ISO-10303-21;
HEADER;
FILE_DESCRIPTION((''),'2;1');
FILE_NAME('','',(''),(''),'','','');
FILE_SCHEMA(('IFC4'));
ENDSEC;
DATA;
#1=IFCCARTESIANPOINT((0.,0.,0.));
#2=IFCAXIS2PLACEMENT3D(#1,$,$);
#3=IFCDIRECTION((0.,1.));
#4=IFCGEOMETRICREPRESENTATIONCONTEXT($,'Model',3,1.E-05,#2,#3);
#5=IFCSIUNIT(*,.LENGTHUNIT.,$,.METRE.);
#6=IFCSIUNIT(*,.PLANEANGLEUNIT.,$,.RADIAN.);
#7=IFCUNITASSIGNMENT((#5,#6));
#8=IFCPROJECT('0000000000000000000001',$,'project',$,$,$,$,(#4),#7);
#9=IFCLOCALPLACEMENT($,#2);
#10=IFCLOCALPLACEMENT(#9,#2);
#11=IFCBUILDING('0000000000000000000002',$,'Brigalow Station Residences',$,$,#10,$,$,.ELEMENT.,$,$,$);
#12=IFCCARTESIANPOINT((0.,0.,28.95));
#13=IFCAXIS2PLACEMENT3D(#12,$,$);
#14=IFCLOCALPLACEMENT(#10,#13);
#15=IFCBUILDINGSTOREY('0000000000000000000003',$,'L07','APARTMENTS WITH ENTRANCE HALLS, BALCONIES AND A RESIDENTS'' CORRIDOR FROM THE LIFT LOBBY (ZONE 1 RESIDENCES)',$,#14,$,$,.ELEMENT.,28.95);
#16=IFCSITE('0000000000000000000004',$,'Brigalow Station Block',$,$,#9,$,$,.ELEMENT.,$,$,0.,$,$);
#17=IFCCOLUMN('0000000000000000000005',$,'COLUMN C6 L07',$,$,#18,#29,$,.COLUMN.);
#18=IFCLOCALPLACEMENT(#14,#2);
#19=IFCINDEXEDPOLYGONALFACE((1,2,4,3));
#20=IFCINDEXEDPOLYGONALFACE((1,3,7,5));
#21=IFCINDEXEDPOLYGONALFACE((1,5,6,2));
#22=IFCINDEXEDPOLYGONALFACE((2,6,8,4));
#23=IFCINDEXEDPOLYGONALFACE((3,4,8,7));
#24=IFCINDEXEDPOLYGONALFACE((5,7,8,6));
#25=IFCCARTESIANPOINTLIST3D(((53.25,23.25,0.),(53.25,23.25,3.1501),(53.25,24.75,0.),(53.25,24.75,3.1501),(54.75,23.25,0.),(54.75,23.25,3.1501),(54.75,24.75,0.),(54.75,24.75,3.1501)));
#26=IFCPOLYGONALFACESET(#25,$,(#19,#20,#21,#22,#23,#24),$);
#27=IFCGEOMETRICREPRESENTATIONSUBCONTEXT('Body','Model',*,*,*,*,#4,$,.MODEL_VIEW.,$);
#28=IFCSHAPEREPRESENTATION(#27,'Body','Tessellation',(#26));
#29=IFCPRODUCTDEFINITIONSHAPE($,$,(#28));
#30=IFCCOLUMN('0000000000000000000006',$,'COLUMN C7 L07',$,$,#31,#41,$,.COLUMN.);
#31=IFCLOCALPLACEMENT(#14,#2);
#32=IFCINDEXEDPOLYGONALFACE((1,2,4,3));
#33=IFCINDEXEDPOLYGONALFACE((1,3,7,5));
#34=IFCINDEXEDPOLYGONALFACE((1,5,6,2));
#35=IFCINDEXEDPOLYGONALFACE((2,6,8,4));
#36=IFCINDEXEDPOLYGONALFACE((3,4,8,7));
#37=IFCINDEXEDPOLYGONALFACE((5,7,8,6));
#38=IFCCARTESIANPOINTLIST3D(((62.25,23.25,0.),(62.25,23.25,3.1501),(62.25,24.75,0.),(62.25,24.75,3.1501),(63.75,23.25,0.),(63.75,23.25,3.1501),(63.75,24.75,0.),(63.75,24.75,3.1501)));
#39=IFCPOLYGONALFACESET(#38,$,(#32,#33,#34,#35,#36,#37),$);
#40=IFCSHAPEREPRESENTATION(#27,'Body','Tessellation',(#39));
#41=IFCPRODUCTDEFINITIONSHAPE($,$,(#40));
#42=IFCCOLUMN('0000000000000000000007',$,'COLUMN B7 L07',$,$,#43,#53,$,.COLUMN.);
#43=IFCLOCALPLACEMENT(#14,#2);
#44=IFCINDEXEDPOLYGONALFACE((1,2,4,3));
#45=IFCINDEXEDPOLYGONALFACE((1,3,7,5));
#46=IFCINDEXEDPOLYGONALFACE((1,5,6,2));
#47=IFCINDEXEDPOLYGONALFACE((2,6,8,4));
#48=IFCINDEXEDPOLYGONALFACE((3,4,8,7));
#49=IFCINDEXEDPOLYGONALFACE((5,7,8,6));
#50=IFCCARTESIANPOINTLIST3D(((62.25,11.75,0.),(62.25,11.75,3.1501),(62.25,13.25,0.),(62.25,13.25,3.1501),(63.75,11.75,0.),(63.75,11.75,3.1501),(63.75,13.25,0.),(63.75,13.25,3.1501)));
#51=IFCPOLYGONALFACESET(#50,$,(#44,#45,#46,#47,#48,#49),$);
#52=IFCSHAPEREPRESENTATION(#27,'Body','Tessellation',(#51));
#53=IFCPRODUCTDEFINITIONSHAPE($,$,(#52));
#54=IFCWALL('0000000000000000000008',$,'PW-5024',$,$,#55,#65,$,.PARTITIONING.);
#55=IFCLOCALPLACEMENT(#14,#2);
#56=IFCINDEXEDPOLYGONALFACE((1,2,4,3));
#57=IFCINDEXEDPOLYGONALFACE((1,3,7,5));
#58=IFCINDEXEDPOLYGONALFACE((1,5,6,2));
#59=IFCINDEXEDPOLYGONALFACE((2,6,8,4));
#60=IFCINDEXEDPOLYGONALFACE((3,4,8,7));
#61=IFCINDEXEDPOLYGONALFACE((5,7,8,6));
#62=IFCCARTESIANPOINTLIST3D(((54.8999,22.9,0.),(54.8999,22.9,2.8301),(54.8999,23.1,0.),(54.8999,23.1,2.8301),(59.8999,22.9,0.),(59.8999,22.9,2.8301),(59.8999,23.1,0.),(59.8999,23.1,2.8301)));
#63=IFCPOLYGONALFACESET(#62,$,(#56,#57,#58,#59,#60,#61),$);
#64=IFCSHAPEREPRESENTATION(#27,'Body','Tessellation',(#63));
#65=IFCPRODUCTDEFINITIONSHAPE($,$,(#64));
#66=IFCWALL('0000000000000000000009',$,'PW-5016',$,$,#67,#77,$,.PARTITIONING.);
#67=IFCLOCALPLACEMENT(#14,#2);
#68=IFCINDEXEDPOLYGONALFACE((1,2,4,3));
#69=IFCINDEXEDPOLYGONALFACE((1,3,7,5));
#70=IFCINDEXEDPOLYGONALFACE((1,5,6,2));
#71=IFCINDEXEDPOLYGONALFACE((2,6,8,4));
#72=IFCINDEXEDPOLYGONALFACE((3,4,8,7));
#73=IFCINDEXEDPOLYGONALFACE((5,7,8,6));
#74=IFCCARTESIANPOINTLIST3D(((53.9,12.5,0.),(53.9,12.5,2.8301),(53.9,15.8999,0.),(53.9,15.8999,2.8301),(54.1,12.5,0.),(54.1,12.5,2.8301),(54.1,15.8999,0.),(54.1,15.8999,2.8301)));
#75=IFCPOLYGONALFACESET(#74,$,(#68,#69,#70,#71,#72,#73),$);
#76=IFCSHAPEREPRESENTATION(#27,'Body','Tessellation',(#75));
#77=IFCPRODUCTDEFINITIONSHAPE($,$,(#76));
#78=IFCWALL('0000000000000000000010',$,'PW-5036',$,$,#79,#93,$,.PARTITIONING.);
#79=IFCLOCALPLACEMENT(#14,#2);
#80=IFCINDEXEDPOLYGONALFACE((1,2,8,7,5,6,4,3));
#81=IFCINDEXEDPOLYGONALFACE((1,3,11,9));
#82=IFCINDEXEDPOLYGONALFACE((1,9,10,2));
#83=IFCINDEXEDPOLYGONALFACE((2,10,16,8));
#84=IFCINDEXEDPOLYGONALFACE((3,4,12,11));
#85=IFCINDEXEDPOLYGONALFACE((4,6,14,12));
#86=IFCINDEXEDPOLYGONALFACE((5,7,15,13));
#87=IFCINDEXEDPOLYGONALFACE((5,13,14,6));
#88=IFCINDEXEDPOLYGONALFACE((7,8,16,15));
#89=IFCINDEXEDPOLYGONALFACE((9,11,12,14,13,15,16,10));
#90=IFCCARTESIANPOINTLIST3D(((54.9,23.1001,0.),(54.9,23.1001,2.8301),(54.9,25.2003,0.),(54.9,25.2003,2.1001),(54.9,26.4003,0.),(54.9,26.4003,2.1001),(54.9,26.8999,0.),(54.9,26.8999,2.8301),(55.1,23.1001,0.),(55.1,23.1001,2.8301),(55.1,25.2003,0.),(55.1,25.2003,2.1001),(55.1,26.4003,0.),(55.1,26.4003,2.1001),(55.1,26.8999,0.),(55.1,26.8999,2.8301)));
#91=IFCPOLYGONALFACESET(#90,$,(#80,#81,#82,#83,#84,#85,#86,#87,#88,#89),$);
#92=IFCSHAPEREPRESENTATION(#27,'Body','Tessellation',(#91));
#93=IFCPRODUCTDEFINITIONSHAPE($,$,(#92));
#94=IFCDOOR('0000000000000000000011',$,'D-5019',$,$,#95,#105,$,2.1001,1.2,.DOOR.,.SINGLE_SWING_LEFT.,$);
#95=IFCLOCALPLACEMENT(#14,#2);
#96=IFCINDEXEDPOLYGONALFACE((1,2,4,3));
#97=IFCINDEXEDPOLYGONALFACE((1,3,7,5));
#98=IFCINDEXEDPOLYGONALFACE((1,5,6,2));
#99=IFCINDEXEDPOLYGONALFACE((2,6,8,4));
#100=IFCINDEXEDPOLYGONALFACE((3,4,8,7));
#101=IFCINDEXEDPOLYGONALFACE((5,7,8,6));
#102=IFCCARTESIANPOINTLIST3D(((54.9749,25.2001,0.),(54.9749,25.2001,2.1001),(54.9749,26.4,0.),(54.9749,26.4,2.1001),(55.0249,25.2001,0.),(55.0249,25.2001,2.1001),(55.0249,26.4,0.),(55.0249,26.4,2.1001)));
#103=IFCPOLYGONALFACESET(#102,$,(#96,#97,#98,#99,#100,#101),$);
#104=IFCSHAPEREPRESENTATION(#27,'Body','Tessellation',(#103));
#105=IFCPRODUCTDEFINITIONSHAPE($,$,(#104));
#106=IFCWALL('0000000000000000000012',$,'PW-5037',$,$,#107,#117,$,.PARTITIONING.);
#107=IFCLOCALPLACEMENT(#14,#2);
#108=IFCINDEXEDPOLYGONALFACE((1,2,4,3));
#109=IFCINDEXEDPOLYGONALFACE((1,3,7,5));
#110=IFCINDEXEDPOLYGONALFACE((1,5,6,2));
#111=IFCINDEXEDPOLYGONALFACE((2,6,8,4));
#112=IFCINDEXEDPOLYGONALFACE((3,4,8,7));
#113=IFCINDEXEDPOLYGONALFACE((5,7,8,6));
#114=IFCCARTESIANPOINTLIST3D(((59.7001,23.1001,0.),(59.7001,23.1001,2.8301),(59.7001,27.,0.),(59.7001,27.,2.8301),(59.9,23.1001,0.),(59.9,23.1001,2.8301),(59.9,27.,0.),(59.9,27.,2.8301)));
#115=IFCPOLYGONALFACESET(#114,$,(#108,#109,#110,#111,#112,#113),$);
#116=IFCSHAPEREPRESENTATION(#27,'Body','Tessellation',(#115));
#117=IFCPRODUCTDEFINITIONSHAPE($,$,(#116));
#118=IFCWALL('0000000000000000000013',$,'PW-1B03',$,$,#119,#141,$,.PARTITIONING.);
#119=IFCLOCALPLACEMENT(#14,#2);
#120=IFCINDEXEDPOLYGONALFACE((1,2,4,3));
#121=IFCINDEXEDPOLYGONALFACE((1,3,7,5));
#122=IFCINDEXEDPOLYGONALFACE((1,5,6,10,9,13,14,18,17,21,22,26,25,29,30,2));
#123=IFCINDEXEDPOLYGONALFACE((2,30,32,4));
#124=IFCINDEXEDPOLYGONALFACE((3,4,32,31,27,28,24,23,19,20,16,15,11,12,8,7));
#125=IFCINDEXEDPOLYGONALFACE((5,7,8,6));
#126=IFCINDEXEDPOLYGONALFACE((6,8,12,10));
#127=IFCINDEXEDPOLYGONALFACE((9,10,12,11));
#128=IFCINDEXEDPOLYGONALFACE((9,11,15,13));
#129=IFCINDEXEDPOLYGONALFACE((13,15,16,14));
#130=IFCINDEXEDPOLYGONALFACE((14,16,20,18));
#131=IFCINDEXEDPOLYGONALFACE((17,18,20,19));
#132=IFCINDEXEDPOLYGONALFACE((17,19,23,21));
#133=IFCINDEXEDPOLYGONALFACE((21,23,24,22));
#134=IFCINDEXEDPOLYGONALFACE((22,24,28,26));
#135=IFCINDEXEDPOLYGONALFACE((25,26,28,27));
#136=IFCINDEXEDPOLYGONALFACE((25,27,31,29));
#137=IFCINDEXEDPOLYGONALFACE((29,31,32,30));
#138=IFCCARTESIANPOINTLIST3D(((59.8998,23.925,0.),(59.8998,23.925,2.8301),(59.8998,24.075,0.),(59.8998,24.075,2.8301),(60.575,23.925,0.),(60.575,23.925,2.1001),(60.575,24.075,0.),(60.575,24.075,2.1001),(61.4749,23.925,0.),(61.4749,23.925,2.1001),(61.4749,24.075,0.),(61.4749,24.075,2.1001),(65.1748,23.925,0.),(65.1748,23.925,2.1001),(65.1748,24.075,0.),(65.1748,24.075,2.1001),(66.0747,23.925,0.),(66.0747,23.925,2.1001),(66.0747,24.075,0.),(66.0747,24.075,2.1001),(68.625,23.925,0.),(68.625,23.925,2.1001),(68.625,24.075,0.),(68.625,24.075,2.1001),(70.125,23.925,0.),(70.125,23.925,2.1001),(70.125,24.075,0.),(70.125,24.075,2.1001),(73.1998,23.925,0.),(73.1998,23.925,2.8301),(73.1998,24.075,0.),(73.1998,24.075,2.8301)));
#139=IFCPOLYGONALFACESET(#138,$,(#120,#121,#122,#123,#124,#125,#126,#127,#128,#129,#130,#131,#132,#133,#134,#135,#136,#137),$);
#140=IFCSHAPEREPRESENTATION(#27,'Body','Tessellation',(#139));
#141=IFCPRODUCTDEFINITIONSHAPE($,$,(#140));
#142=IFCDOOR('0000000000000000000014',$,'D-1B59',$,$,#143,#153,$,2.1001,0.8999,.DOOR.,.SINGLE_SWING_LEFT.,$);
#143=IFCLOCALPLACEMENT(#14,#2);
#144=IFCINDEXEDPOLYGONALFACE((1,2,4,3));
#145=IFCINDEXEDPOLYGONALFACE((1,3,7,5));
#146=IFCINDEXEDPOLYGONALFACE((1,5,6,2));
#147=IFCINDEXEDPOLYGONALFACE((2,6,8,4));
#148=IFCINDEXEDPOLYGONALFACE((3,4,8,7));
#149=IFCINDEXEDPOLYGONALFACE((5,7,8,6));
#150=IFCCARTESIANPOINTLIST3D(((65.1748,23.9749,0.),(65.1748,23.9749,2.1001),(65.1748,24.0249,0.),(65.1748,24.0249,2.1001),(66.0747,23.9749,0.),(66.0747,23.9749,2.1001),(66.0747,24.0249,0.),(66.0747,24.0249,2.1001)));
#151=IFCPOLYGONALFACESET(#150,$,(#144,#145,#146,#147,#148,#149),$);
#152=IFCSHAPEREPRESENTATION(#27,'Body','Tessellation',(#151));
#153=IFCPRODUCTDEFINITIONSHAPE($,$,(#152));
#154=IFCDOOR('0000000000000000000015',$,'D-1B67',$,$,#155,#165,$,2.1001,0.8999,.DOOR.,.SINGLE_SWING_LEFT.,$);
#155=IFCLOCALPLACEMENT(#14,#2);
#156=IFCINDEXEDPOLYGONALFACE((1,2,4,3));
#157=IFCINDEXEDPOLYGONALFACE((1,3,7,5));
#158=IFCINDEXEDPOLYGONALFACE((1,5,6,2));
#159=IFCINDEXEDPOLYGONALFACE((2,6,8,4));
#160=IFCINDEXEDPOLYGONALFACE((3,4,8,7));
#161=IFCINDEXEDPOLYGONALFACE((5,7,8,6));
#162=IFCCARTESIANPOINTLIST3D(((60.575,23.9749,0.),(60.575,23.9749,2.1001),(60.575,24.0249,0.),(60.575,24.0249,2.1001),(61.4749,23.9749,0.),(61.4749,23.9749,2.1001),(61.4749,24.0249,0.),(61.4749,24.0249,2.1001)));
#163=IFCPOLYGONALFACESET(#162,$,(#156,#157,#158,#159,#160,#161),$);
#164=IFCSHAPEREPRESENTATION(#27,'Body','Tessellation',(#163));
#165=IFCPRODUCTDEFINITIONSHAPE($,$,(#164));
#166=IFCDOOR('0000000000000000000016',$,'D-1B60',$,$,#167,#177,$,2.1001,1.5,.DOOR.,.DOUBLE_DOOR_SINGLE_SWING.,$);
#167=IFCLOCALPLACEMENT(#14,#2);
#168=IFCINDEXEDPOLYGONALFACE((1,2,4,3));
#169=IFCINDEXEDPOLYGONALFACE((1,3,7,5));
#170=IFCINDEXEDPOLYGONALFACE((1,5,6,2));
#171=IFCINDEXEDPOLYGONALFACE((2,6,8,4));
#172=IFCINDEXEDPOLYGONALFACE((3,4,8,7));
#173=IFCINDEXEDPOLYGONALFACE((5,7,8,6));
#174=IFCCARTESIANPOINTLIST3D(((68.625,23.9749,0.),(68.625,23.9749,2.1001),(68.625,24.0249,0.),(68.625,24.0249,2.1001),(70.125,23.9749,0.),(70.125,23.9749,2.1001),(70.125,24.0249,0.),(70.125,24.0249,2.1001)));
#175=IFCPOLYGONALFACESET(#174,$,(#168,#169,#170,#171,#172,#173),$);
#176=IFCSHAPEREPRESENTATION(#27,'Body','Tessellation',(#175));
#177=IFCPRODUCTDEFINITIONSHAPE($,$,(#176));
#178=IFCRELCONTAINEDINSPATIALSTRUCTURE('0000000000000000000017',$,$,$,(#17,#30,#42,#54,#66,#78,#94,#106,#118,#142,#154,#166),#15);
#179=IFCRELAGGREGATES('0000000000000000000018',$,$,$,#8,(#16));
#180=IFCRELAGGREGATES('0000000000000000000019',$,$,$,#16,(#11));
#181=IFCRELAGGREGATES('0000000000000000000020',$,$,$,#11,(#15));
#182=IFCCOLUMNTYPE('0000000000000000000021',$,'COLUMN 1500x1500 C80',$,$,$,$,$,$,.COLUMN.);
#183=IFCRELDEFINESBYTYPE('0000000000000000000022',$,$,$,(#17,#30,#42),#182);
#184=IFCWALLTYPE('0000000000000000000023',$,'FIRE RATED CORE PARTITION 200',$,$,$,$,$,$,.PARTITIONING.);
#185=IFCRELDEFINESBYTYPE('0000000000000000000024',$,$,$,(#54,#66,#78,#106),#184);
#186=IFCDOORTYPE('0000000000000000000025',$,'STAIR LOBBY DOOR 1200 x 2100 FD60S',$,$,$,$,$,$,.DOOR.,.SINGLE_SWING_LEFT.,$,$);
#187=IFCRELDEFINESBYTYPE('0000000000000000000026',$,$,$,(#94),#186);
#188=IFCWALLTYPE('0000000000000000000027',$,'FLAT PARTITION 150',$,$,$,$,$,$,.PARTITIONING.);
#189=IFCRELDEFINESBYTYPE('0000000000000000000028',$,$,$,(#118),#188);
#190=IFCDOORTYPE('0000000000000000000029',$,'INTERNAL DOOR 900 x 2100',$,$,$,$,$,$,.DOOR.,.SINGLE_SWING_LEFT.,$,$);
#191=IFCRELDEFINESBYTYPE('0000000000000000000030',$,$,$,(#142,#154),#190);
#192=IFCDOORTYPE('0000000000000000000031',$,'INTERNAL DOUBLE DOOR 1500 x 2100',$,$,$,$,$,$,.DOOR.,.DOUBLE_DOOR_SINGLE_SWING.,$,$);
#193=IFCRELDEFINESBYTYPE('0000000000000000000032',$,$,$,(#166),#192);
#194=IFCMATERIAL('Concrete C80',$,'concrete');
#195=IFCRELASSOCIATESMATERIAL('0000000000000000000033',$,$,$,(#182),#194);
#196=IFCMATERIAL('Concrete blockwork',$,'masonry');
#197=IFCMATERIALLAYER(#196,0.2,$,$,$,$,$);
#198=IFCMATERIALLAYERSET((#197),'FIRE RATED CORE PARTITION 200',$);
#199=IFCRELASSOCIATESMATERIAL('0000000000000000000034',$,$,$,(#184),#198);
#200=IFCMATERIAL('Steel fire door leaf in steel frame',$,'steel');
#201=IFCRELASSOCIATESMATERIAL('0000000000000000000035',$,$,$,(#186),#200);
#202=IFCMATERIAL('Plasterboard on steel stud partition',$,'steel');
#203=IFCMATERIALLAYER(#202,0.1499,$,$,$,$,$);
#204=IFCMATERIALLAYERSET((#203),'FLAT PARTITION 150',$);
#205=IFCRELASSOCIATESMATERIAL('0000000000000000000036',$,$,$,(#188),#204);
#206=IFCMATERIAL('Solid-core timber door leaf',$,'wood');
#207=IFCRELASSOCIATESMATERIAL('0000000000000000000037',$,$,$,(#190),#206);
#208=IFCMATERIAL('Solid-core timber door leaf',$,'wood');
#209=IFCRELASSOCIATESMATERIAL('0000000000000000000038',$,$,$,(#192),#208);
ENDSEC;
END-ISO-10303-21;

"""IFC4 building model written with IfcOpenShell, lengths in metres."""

from ifc_helpers import new_model, si_unit, direction, frame, frame_2d, origin, origin_2d, place, context, subcontext, project, spatial, rectangle, extrude, material, layer, layer_set, material_profile, profile_set, type_object, element, fill, save


model = new_model("IFC4")

# Units and contexts
model_context = context("Model", 3, precision=1e-05, world=origin(), true_north=direction((0.0, 1.0)))
body_context = subcontext(model_context, "Body", "Model", "MODEL_VIEW")
ifc_project = project(units=[si_unit("LENGTHUNIT", "METRE"), si_unit("PLANEANGLEUNIT", "RADIAN")], contexts=[model_context])

# Site, building, storey
site_placement = place(None, origin())
site = spatial("IfcSite", under=ifc_project, at=site_placement, Name="Brigalow Station Block", CompositionType="ELEMENT", RefElevation=0.0)
building_placement = place(site_placement, origin())
building = spatial("IfcBuilding", under=site, at=building_placement, Name="Brigalow Station Residences", CompositionType="ELEMENT")
storey_placement = place(building_placement, frame((0.0, 0.0, 28.95)))
storey = spatial("IfcBuildingStorey", under=building, at=storey_placement, Name="L07", Description="APARTMENTS WITH ENTRANCE HALLS, BALCONIES AND A RESIDENTS' CORRIDOR FROM THE LIFT LOBBY (ZONE 1 RESIDENCES)", CompositionType="ELEMENT", Elevation=28.95)

# Columns
ifc_material_1 = material(Name="Concrete C80", Category="concrete")
ifc_material_profile = material_profile(ifc_material_1, rectangle(XDim=1.5, YDim=1.5, at=origin_2d()), Name="RC1500x1500")
ifc_profile_set = profile_set([ifc_material_profile], Name="Concrete C80")
column_type = type_object("IfcColumnType", Name="COLUMN 1500x1500 C80", PredefinedType="COLUMN", material=ifc_profile_set)
for number, where, z_axis, x_axis, name in (
    (1, (54.0, 24.0, 0.0), (0.0, 0.0, 1.0), (1.0, 0.0, 0.0), "COLUMN C6 L07"),
    (2, (63.0, 24.0, 0.0), (0.0, 0.0, 1.0), (1.0, 0.0, 0.0), "COLUMN C7 L07"),
    (3, (63.0, 12.5, 0.0), (0.0, 0.0, 1.0), (1.0, 0.0, 0.0), "COLUMN B7 L07"),
):
    element("IfcColumn", number, at=place(storey_placement, frame(where, z_axis=z_axis, x_axis=x_axis)), inside=storey, type_object=column_type, Name=name, PredefinedType="COLUMN", context=body_context, shape_type="SweptSolid", body=[
        extrude(rectangle(XDim=1.5, YDim=1.5, at=origin_2d()), origin(), (0.0, 0.0, 1.0), 3.1501),
    ])

# Walls
ifc_material_2 = material(Name="Concrete blockwork", Category="masonry")
ifc_layer_1 = layer(ifc_material_2, 0.2)
ifc_layer_set_1 = layer_set([ifc_layer_1], Name="FIRE RATED CORE PARTITION 200")
wall_type_1 = type_object("IfcWallType", Name="FIRE RATED CORE PARTITION 200", PredefinedType="PARTITIONING", material=ifc_layer_set_1)
wall_1_placement = place(storey_placement, frame((54.8999, 23.0, 0.0), z_axis=(0.0, 0.0, 1.0), x_axis=(1.0, 0.0, 0.0)))
element("IfcWall", 4, at=wall_1_placement, inside=storey, type_object=wall_type_1, Name="PW-5024", PredefinedType="PARTITIONING", context=body_context, shape_type="SweptSolid", body=[
    extrude(rectangle(XDim=5.0, YDim=0.2, at=frame_2d((2.5, 0.0))), origin(), (0.0, 0.0, 1.0), 2.8301),
])
wall_2_placement = place(storey_placement, frame((54.0, 12.5, 0.0), z_axis=(0.0, 0.0, 1.0), x_axis=(0.0, 1.0, 0.0)))
element("IfcWall", 5, at=wall_2_placement, inside=storey, type_object=wall_type_1, Name="PW-5016", PredefinedType="PARTITIONING", context=body_context, shape_type="SweptSolid", body=[
    extrude(rectangle(XDim=3.3999, YDim=0.2, at=frame_2d((1.7, 0.0))), origin(), (0.0, 0.0, 1.0), 2.8301),
])

# Wall, opening, door
wall_3_placement = place(storey_placement, frame((55.0, 23.1001, 0.0), z_axis=(0.0, 0.0, 1.0), x_axis=(0.0, 1.0, 0.0)))
wall_3 = element("IfcWall", 6, at=wall_3_placement, inside=storey, type_object=wall_type_1, Name="PW-5036", PredefinedType="PARTITIONING", context=body_context, shape_type="SweptSolid", body=[
    extrude(rectangle(XDim=3.7998, YDim=0.2, at=frame_2d((1.8999, 0.0))), origin(), (0.0, 0.0, 1.0), 2.8301),
])
opening_1_placement = place(wall_3_placement, frame((2.1001, 0.0, 0.0)))
opening_1 = element("IfcOpeningElement", 7, at=opening_1_placement, cuts=wall_3, PredefinedType="OPENING", context=body_context, shape_type="SweptSolid", body=[
    extrude(rectangle(XDim=1.2, YDim=2.1001, at=frame_2d((0.6001, 1.05))), frame((0.0, 0.1099, 0.0), z_axis=(0.0, -1.0, 0.0), x_axis=(1.0, 0.0, 0.0)), (0.0, 0.0, 1.0), 0.22),
])
ifc_material_3 = material(Name="Steel fire door leaf in steel frame", Category="steel")
door_type_1 = type_object("IfcDoorType", Name="STAIR LOBBY DOOR 1200 x 2100 FD60S", OperationType="SINGLE_SWING_LEFT", PredefinedType="DOOR", material=ifc_material_3)
door_1_placement = place(opening_1_placement, frame((1.2, 0.0, 0.0), z_axis=(0.0, 0.0, 1.0), x_axis=(-1.0, 0.0, 0.0)))
door_1 = element("IfcDoor", 8, at=door_1_placement, inside=storey, type_object=door_type_1, Name="D-5019", OperationType="SINGLE_SWING_LEFT", OverallHeight=2.1001, OverallWidth=1.2, PredefinedType="DOOR", context=body_context, shape_type="SweptSolid", body=[
    extrude(rectangle(XDim=1.2, YDim=2.1001, at=frame_2d((0.6001, 1.05))), frame((0.0, 0.0249, 0.0), z_axis=(0.0, -1.0, 0.0), x_axis=(1.0, 0.0, 0.0)), (0.0, 0.0, 1.0), 0.05),
])
fill(opening_1, door_1)

# Wall
wall_4_placement = place(storey_placement, frame((59.8, 23.1001, 0.0), z_axis=(0.0, 0.0, 1.0), x_axis=(0.0, 1.0, 0.0)))
element("IfcWall", 9, at=wall_4_placement, inside=storey, type_object=wall_type_1, Name="PW-5037", PredefinedType="PARTITIONING", context=body_context, shape_type="SweptSolid", body=[
    extrude(rectangle(XDim=3.8999, YDim=0.2, at=frame_2d((1.95, 0.0))), origin(), (0.0, 0.0, 1.0), 2.8301),
])

# Wall, openings, doors
ifc_material_4 = material(Name="Plasterboard on steel stud partition", Category="steel")
ifc_layer_2 = layer(ifc_material_4, 0.1499)
ifc_layer_set_2 = layer_set([ifc_layer_2], Name="FLAT PARTITION 150")
wall_type_2 = type_object("IfcWallType", Name="FLAT PARTITION 150", PredefinedType="PARTITIONING", material=ifc_layer_set_2)
wall_5_placement = place(storey_placement, frame((59.8999, 24.0, 0.0), z_axis=(0.0, 0.0, 1.0), x_axis=(1.0, 0.0, 0.0)))
wall_5 = element("IfcWall", 10, at=wall_5_placement, inside=storey, type_object=wall_type_2, Name="PW-1B03", PredefinedType="PARTITIONING", context=body_context, shape_type="SweptSolid", body=[
    extrude(rectangle(XDim=13.3, YDim=0.1499, at=frame_2d((6.6499, 0.0))), origin(), (0.0, 0.0, 1.0), 2.8301),
])
opening_2_placement = place(wall_5_placement, frame((5.2749, 0.0, 0.0)))
opening_2 = element("IfcOpeningElement", 11, at=opening_2_placement, cuts=wall_5, PredefinedType="OPENING", context=body_context, shape_type="SweptSolid", body=[
    extrude(rectangle(XDim=0.8999, YDim=2.1001, at=frame_2d((0.45, 1.05))), frame((0.0, 0.085, 0.0), z_axis=(0.0, -1.0, 0.0), x_axis=(1.0, 0.0, 0.0)), (0.0, 0.0, 1.0), 0.1699),
])
opening_3_placement = place(wall_5_placement, frame((8.7251, 0.0, 0.0)))
opening_3 = element("IfcOpeningElement", 12, at=opening_3_placement, cuts=wall_5, PredefinedType="OPENING", context=body_context, shape_type="SweptSolid", body=[
    extrude(rectangle(XDim=1.5, YDim=2.1001, at=frame_2d((0.75, 1.05))), frame((0.0, 0.085, 0.0), z_axis=(0.0, -1.0, 0.0), x_axis=(1.0, 0.0, 0.0)), (0.0, 0.0, 1.0), 0.1699),
])
opening_4_placement = place(wall_5_placement, frame((0.675, 0.0, 0.0)))
opening_4 = element("IfcOpeningElement", 13, at=opening_4_placement, cuts=wall_5, PredefinedType="OPENING", context=body_context, shape_type="SweptSolid", body=[
    extrude(rectangle(XDim=0.8999, YDim=2.1001, at=frame_2d((0.45, 1.05))), frame((0.0, 0.085, 0.0), z_axis=(0.0, -1.0, 0.0), x_axis=(1.0, 0.0, 0.0)), (0.0, 0.0, 1.0), 0.1699),
])
ifc_material_5 = material(Name="Solid-core timber door leaf", Category="wood")
door_type_2 = type_object("IfcDoorType", Name="INTERNAL DOOR 900 x 2100", OperationType="SINGLE_SWING_LEFT", PredefinedType="DOOR", material=ifc_material_5)
door_2_placement = place(opening_2_placement, origin())
door_2 = element("IfcDoor", 14, at=door_2_placement, inside=storey, type_object=door_type_2, Name="D-1B59", OperationType="SINGLE_SWING_LEFT", OverallHeight=2.1001, OverallWidth=0.8999, PredefinedType="DOOR", context=body_context, shape_type="SweptSolid", body=[
    extrude(rectangle(XDim=0.8999, YDim=2.1001, at=frame_2d((0.45, 1.05))), frame((0.0, 0.0249, 0.0), z_axis=(0.0, -1.0, 0.0), x_axis=(1.0, 0.0, 0.0)), (0.0, 0.0, 1.0), 0.05),
])
fill(opening_2, door_2)
door_3_placement = place(opening_4_placement, origin())
door_3 = element("IfcDoor", 15, at=door_3_placement, inside=storey, type_object=door_type_2, Name="D-1B67", OperationType="SINGLE_SWING_LEFT", OverallHeight=2.1001, OverallWidth=0.8999, PredefinedType="DOOR", context=body_context, shape_type="SweptSolid", body=[
    extrude(rectangle(XDim=0.8999, YDim=2.1001, at=frame_2d((0.45, 1.05))), frame((0.0, 0.0249, 0.0), z_axis=(0.0, -1.0, 0.0), x_axis=(1.0, 0.0, 0.0)), (0.0, 0.0, 1.0), 0.05),
])
fill(opening_4, door_3)
ifc_material_6 = material(Name="Solid-core timber door leaf", Category="wood")
door_type_3 = type_object("IfcDoorType", Name="INTERNAL DOUBLE DOOR 1500 x 2100", OperationType="DOUBLE_DOOR_SINGLE_SWING", PredefinedType="DOOR", material=ifc_material_6)
door_4_placement = place(opening_3_placement, origin())
door_4 = element("IfcDoor", 16, at=door_4_placement, inside=storey, type_object=door_type_3, Name="D-1B60", OperationType="DOUBLE_DOOR_SINGLE_SWING", OverallHeight=2.1001, OverallWidth=1.5, PredefinedType="DOOR", context=body_context, shape_type="SweptSolid", body=[
    extrude(rectangle(XDim=1.5, YDim=2.1001, at=frame_2d((0.75, 1.05))), frame((0.0, 0.0249, 0.0), z_axis=(0.0, -1.0, 0.0), x_axis=(1.0, 0.0, 0.0)), (0.0, 0.0, 1.0), 0.05),
])
fill(opening_3, door_4)

save(model, "model.ifc")
